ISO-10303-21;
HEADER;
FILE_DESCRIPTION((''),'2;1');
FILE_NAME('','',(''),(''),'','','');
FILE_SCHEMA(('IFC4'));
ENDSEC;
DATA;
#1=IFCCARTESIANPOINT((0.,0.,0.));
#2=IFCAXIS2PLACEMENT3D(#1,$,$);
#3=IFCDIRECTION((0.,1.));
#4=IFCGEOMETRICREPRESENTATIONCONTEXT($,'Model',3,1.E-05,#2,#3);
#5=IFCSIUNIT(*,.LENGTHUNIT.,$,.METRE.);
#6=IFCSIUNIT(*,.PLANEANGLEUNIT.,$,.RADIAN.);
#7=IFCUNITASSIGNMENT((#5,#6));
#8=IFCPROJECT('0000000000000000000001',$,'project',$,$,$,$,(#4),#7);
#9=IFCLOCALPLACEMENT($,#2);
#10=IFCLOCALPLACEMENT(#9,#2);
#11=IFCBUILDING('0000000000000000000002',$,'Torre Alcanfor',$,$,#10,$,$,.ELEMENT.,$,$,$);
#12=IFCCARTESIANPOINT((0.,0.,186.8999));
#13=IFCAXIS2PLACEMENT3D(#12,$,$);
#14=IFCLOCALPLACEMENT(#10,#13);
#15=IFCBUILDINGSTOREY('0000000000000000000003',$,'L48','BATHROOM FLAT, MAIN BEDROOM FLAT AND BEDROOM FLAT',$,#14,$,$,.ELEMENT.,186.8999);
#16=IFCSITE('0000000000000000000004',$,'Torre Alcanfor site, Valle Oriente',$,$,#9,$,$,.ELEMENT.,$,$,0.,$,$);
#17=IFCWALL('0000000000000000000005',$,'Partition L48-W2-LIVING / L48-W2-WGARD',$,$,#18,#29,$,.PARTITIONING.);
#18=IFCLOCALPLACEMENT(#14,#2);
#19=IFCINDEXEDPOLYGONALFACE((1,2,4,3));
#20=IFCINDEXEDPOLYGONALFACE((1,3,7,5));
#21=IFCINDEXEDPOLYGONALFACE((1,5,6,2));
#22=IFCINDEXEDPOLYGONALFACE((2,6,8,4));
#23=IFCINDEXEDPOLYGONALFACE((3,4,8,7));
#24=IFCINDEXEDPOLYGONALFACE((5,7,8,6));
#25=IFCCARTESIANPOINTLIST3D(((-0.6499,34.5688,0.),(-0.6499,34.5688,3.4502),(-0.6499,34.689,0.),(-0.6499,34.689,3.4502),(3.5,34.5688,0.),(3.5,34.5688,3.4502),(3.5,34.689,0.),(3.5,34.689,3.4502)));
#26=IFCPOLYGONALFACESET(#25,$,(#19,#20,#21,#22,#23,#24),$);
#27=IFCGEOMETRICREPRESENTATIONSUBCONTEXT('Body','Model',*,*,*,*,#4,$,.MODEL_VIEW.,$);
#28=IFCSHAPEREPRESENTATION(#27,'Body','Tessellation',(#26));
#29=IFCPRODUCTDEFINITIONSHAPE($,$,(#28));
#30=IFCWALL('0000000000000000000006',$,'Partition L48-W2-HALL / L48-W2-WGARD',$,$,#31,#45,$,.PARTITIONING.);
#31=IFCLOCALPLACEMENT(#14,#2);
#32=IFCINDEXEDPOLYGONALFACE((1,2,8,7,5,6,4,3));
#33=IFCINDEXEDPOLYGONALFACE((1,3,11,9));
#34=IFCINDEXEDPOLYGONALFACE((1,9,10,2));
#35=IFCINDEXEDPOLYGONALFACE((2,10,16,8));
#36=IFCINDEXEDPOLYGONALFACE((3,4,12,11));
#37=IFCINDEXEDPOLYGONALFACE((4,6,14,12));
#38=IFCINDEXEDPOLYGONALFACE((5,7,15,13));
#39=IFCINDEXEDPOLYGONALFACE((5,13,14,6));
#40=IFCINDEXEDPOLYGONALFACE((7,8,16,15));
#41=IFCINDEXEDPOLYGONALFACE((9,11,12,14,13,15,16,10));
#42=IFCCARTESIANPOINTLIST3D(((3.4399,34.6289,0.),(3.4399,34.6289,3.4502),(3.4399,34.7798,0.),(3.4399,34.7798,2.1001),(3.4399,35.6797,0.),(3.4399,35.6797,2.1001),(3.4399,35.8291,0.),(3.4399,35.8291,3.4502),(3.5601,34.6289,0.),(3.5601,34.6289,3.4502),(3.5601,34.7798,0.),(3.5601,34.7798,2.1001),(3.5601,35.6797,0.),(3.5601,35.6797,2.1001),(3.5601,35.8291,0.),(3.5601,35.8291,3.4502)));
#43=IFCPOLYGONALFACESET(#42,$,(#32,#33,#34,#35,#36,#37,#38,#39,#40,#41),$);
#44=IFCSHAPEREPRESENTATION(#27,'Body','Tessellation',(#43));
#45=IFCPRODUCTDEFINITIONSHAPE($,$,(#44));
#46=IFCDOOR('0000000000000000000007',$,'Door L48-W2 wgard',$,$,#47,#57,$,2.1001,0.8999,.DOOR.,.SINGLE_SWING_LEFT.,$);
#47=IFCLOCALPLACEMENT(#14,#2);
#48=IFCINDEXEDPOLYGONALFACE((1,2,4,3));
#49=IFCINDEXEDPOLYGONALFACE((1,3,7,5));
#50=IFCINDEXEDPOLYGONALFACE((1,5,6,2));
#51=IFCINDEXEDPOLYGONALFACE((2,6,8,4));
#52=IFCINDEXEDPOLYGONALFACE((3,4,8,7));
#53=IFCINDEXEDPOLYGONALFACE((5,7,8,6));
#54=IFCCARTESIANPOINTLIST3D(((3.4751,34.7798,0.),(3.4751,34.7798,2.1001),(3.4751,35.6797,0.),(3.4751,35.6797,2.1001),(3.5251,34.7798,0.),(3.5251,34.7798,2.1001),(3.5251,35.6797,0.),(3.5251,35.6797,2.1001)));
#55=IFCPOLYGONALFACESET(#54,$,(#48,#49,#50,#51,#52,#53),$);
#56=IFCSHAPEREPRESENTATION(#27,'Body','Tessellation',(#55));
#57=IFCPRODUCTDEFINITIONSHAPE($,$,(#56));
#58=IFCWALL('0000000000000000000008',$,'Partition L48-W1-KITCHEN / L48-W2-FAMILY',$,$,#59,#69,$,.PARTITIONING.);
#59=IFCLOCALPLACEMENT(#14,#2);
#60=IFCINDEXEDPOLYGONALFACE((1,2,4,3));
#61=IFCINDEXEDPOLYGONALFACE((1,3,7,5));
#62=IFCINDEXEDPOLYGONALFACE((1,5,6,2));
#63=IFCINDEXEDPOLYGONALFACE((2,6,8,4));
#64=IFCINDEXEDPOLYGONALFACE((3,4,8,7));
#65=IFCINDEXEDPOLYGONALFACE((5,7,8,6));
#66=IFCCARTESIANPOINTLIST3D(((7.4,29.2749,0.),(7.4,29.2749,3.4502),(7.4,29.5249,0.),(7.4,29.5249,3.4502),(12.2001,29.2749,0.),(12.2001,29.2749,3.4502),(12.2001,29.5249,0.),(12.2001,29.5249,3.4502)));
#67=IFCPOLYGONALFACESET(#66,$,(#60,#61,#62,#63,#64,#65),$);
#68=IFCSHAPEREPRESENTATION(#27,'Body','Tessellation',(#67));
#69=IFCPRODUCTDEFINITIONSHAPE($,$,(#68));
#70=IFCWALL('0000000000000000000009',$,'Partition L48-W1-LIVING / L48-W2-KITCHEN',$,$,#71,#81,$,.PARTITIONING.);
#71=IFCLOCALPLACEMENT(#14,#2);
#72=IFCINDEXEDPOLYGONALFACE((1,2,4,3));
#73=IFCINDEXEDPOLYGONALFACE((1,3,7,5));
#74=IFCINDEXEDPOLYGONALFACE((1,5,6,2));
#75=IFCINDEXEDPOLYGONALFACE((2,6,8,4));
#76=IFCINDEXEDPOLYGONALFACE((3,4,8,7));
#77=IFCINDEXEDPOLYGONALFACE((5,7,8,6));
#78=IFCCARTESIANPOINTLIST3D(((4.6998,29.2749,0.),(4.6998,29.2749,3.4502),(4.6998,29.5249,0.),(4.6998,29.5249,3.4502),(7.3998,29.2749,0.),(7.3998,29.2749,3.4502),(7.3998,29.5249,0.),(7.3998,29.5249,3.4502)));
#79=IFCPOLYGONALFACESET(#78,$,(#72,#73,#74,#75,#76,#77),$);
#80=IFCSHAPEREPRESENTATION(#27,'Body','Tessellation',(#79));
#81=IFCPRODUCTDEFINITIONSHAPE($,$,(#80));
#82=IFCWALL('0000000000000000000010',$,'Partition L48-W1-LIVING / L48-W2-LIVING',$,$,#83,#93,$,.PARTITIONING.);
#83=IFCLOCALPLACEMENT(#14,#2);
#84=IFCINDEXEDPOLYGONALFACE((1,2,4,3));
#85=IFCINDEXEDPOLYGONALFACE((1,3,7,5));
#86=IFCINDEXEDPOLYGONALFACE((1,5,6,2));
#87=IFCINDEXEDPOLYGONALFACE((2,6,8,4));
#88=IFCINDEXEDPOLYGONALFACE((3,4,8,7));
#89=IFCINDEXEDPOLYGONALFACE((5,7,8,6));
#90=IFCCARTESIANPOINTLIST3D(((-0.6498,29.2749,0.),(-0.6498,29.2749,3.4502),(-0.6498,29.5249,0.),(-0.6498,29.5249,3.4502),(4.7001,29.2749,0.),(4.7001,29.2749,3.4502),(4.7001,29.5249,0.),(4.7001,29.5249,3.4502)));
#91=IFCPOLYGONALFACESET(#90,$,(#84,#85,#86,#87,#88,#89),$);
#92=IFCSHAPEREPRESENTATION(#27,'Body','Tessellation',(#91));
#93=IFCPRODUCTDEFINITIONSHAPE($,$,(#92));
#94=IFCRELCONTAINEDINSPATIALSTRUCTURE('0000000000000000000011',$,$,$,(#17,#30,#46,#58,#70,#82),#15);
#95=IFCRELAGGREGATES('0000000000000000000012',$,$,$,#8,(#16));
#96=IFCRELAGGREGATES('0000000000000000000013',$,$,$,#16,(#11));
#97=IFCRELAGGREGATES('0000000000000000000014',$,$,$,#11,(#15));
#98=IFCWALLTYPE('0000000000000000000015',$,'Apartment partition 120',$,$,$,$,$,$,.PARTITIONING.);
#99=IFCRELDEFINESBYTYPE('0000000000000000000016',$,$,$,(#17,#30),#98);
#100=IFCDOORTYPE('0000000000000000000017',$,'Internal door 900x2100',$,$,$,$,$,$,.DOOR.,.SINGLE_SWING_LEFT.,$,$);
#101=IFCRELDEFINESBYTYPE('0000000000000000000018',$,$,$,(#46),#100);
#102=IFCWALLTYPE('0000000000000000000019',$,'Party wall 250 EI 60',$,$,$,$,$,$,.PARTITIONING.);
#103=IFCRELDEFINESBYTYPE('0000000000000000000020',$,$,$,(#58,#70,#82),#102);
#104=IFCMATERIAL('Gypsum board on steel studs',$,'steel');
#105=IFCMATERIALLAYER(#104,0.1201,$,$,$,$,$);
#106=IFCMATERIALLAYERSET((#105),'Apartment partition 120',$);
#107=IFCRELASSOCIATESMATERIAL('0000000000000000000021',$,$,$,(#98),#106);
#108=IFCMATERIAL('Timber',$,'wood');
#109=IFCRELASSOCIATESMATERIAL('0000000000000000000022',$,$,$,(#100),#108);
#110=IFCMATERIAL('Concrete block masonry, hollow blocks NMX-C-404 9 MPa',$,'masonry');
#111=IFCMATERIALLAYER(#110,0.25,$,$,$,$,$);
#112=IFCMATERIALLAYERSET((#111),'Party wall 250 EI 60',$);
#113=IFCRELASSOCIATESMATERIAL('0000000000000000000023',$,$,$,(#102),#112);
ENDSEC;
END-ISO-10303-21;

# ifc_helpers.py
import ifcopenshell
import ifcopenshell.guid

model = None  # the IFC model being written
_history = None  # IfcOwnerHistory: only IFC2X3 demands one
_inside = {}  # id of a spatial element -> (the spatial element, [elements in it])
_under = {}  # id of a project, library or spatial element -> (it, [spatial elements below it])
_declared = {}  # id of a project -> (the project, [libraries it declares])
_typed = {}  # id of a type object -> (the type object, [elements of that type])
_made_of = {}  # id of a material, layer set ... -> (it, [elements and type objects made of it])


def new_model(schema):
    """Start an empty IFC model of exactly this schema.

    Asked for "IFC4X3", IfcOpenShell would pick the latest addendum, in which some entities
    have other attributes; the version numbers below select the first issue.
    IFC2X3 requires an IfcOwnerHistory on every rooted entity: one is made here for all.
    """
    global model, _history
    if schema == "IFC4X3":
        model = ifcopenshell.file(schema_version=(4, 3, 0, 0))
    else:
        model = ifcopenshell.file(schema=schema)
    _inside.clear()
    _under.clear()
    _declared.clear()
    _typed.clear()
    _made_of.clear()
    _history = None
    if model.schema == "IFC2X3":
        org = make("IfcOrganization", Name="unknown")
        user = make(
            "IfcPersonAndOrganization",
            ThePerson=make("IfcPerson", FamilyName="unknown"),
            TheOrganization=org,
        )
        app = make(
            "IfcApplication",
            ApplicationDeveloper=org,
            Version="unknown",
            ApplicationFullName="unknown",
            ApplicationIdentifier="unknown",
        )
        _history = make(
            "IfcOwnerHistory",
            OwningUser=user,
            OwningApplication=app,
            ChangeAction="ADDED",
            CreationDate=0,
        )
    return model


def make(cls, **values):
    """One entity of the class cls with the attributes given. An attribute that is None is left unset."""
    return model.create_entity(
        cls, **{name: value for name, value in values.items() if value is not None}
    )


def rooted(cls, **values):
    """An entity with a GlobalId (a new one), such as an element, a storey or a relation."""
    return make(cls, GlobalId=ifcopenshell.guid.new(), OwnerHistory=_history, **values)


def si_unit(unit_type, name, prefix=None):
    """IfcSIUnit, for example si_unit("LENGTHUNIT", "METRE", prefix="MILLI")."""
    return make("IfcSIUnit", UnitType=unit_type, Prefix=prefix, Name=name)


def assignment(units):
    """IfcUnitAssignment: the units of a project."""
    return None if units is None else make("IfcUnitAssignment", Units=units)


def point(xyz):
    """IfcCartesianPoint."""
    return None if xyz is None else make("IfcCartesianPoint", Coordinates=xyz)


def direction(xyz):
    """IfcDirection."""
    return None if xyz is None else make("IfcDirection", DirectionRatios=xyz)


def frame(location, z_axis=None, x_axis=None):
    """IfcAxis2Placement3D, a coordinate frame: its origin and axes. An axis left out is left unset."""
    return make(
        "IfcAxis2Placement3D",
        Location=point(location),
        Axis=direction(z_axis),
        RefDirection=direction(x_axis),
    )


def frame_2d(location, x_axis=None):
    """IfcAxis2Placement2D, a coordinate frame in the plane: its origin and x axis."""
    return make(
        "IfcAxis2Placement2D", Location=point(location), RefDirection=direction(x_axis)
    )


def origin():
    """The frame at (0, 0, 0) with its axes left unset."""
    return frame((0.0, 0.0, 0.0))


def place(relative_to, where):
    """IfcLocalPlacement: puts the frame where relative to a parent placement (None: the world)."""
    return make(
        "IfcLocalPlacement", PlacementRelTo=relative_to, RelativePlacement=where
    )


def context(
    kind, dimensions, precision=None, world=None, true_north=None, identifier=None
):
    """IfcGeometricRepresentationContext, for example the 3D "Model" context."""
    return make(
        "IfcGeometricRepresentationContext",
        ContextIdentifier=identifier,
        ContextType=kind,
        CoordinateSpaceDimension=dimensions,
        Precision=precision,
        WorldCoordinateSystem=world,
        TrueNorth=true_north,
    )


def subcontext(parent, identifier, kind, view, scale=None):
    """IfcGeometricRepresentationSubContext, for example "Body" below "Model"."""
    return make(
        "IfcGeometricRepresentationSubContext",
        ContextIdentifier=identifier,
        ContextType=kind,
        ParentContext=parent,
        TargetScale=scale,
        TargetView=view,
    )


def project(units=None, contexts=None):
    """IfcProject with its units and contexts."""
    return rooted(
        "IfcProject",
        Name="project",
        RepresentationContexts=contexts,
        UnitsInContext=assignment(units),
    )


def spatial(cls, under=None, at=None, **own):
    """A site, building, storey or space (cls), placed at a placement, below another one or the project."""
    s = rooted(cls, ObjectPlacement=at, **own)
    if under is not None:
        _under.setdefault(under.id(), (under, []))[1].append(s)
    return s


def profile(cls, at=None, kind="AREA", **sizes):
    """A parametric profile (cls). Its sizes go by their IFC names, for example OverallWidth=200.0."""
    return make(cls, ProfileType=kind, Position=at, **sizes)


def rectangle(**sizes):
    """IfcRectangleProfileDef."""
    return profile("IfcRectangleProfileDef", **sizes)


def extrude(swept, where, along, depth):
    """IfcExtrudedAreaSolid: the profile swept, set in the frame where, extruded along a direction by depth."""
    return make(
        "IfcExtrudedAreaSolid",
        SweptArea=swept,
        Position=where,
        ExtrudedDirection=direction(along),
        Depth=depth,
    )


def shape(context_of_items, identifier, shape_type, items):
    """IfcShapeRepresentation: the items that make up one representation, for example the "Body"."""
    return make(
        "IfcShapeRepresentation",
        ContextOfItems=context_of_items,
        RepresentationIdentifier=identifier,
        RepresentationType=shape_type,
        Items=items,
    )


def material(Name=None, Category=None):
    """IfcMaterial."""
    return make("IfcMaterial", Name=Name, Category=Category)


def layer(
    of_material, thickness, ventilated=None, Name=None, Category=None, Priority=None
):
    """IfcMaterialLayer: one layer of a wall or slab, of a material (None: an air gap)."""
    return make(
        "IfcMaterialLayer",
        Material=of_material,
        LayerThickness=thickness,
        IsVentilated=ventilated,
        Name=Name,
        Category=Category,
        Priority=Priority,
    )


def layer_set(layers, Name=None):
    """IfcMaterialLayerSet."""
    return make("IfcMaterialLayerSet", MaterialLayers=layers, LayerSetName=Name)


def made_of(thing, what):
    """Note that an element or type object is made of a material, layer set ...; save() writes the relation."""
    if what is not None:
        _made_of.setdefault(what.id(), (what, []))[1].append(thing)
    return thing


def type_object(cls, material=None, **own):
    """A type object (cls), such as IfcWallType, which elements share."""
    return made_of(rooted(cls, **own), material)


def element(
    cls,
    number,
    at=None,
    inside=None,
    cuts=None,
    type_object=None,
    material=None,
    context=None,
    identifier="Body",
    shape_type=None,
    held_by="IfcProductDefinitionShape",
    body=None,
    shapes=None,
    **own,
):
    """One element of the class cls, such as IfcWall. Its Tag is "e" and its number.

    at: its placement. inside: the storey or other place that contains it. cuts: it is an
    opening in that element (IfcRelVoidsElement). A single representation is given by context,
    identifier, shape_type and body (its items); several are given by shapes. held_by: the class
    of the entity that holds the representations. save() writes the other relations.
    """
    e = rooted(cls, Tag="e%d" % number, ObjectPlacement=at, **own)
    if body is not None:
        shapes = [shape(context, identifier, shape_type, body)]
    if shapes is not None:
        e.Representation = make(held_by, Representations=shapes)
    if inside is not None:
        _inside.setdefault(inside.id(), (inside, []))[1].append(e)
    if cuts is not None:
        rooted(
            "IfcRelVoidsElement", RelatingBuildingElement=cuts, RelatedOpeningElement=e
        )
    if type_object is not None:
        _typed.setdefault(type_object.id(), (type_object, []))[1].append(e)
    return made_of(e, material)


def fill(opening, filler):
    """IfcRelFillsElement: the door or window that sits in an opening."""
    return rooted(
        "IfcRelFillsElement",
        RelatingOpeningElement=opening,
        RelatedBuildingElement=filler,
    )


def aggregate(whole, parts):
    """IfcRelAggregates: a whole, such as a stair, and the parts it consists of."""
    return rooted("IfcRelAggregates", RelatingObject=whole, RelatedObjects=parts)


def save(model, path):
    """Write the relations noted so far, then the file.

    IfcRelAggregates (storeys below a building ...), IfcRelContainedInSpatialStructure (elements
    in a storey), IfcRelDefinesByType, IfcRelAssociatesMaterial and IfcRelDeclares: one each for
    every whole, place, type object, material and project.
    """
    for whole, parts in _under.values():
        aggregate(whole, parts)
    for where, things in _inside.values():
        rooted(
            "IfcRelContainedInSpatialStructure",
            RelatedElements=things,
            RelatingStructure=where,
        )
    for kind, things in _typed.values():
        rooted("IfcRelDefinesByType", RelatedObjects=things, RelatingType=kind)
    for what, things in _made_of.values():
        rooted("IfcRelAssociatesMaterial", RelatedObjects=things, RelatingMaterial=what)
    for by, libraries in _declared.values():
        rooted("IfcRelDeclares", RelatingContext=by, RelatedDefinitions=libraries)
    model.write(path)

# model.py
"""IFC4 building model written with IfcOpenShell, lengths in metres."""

from ifc_helpers import new_model, si_unit, direction, frame, frame_2d, origin, place, context, subcontext, project, spatial, rectangle, extrude, material, layer, layer_set, type_object, element, fill, save


model = new_model("IFC4")

# Units and contexts
model_context = context("Model", 3, precision=1e-05, world=origin(), true_north=direction((0.0, 1.0)))
body_context = subcontext(model_context, "Body", "Model", "MODEL_VIEW")
ifc_project = project(units=[si_unit("LENGTHUNIT", "METRE"), si_unit("PLANEANGLEUNIT", "RADIAN")], contexts=[model_context])

# Site, building, storey
site_placement = place(None, origin())
site = spatial("IfcSite", under=ifc_project, at=site_placement, Name="Torre Alcanfor site, Valle Oriente", CompositionType="ELEMENT", RefElevation=0.0)
building_placement = place(site_placement, origin())
building = spatial("IfcBuilding", under=site, at=building_placement, Name="Torre Alcanfor", CompositionType="ELEMENT")
storey_placement = place(building_placement, frame((0.0, 0.0, 186.8999)))
storey = spatial("IfcBuildingStorey", under=building, at=storey_placement, Name="L48", Description="BATHROOM FLAT, MAIN BEDROOM FLAT AND BEDROOM FLAT", CompositionType="ELEMENT", Elevation=186.8999)

# Shared definitions
ifc_material_1 = material(Name="Gypsum board on steel studs", Category="steel")
ifc_layer_1 = layer(ifc_material_1, 0.1201)
ifc_layer_set_1 = layer_set([ifc_layer_1], Name="Apartment partition 120")
wall_type_1 = type_object("IfcWallType", Name="Apartment partition 120", PredefinedType="PARTITIONING", material=ifc_layer_set_1)
ifc_material_2 = material(Name="Timber", Category="wood")
door_type = type_object("IfcDoorType", Name="Internal door 900x2100", OperationType="SINGLE_SWING_LEFT", PredefinedType="DOOR", material=ifc_material_2)

# Wall
wall_1_placement = place(storey_placement, frame((-0.6499, 34.6289, 0.0), z_axis=(0.0, 0.0, 1.0), x_axis=(1.0, 0.0, 0.0)))
element("IfcWall", 1, at=wall_1_placement, inside=storey, type_object=wall_type_1, Name="Partition L48-W2-LIVING / L48-W2-WGARD", PredefinedType="PARTITIONING", context=body_context, shape_type="SweptSolid", body=[
    extrude(rectangle(XDim=4.1499, YDim=0.1201, at=frame_2d((2.075, 0.0))), origin(), (0.0, 0.0, 1.0), 3.4502),
])

# Wall, opening, door
wall_2_placement = place(storey_placement, frame((3.5, 34.6289, 0.0), z_axis=(0.0, 0.0, 1.0), x_axis=(0.0, 1.0, 0.0)))
wall_2 = element("IfcWall", 2, at=wall_2_placement, inside=storey, type_object=wall_type_1, Name="Partition L48-W2-HALL / L48-W2-WGARD", PredefinedType="PARTITIONING", context=body_context, shape_type="SweptSolid", body=[
    extrude(rectangle(XDim=1.2002, YDim=0.1201, at=frame_2d((0.6001, 0.0))), origin(), (0.0, 0.0, 1.0), 3.4502),
])
opening_1_placement = place(wall_2_placement, frame((0.1509, 0.0, 0.0)))
opening_1 = element("IfcOpeningElement", 3, at=opening_1_placement, cuts=wall_2, PredefinedType="OPENING", context=body_context, shape_type="SweptSolid", body=[
    extrude(rectangle(XDim=0.8999, YDim=2.1001, at=frame_2d((0.45, 1.05))), frame((0.0, 0.0701, 0.0), z_axis=(0.0, -1.0, 0.0), x_axis=(1.0, 0.0, 0.0)), (0.0, 0.0, 1.0), 0.1401),
])
door_1_placement = place(opening_1_placement, origin())
door_1 = element("IfcDoor", 4, at=door_1_placement, inside=storey, type_object=door_type, Name="Door L48-W2 wgard", OperationType="SINGLE_SWING_LEFT", OverallHeight=2.1001, OverallWidth=0.8999, PredefinedType="DOOR", context=body_context, shape_type="SweptSolid", body=[
    extrude(rectangle(XDim=0.8999, YDim=2.1001, at=frame_2d((0.45, 1.05))), frame((0.0, 0.0249, 0.0), z_axis=(0.0, -1.0, 0.0), x_axis=(1.0, 0.0, 0.0)), (0.0, 0.0, 1.0), 0.05),
])
fill(opening_1, door_1)

# Walls
ifc_material_3 = material(Name="Concrete block masonry, hollow blocks NMX-C-404 9 MPa", Category="masonry")
ifc_layer_2 = layer(ifc_material_3, 0.25)
ifc_layer_set_2 = layer_set([ifc_layer_2], Name="Party wall 250 EI 60")
wall_type_2 = type_object("IfcWallType", Name="Party wall 250 EI 60", PredefinedType="PARTITIONING", material=ifc_layer_set_2)
wall_3_placement = place(storey_placement, frame((12.2, 29.3999, 0.0), z_axis=(0.0, 0.0, 1.0), x_axis=(-1.0, 0.0, 0.0)))
element("IfcWall", 5, at=wall_3_placement, inside=storey, type_object=wall_type_2, Name="Partition L48-W1-KITCHEN / L48-W2-FAMILY", PredefinedType="PARTITIONING", context=body_context, shape_type="SweptSolid", body=[
    extrude(rectangle(XDim=4.8, YDim=0.25, at=frame_2d((2.3999, 0.0))), origin(), (0.0, 0.0, 1.0), 3.4502),
])
wall_4_placement = place(storey_placement, frame((7.3999, 29.3999, 0.0), z_axis=(0.0, 0.0, 1.0), x_axis=(-1.0, 0.0, 0.0)))
element("IfcWall", 6, at=wall_4_placement, inside=storey, type_object=wall_type_2, Name="Partition L48-W1-LIVING / L48-W2-KITCHEN", PredefinedType="PARTITIONING", context=body_context, shape_type="SweptSolid", body=[
    extrude(rectangle(XDim=2.7, YDim=0.25, at=frame_2d((1.3501, 0.0))), origin(), (0.0, 0.0, 1.0), 3.4502),
])
wall_5_placement = place(storey_placement, frame((4.7, 29.3999, 0.0), z_axis=(0.0, 0.0, 1.0), x_axis=(-1.0, 0.0, 0.0)))
element("IfcWall", 7, at=wall_5_placement, inside=storey, type_object=wall_type_2, Name="Partition L48-W1-LIVING / L48-W2-LIVING", PredefinedType="PARTITIONING", context=body_context, shape_type="SweptSolid", body=[
    extrude(rectangle(XDim=5.3499, YDim=0.25, at=frame_2d((2.6748, 0.0))), origin(), (0.0, 0.0, 1.0), 3.4502),
])

save(model, "model.ifc")
